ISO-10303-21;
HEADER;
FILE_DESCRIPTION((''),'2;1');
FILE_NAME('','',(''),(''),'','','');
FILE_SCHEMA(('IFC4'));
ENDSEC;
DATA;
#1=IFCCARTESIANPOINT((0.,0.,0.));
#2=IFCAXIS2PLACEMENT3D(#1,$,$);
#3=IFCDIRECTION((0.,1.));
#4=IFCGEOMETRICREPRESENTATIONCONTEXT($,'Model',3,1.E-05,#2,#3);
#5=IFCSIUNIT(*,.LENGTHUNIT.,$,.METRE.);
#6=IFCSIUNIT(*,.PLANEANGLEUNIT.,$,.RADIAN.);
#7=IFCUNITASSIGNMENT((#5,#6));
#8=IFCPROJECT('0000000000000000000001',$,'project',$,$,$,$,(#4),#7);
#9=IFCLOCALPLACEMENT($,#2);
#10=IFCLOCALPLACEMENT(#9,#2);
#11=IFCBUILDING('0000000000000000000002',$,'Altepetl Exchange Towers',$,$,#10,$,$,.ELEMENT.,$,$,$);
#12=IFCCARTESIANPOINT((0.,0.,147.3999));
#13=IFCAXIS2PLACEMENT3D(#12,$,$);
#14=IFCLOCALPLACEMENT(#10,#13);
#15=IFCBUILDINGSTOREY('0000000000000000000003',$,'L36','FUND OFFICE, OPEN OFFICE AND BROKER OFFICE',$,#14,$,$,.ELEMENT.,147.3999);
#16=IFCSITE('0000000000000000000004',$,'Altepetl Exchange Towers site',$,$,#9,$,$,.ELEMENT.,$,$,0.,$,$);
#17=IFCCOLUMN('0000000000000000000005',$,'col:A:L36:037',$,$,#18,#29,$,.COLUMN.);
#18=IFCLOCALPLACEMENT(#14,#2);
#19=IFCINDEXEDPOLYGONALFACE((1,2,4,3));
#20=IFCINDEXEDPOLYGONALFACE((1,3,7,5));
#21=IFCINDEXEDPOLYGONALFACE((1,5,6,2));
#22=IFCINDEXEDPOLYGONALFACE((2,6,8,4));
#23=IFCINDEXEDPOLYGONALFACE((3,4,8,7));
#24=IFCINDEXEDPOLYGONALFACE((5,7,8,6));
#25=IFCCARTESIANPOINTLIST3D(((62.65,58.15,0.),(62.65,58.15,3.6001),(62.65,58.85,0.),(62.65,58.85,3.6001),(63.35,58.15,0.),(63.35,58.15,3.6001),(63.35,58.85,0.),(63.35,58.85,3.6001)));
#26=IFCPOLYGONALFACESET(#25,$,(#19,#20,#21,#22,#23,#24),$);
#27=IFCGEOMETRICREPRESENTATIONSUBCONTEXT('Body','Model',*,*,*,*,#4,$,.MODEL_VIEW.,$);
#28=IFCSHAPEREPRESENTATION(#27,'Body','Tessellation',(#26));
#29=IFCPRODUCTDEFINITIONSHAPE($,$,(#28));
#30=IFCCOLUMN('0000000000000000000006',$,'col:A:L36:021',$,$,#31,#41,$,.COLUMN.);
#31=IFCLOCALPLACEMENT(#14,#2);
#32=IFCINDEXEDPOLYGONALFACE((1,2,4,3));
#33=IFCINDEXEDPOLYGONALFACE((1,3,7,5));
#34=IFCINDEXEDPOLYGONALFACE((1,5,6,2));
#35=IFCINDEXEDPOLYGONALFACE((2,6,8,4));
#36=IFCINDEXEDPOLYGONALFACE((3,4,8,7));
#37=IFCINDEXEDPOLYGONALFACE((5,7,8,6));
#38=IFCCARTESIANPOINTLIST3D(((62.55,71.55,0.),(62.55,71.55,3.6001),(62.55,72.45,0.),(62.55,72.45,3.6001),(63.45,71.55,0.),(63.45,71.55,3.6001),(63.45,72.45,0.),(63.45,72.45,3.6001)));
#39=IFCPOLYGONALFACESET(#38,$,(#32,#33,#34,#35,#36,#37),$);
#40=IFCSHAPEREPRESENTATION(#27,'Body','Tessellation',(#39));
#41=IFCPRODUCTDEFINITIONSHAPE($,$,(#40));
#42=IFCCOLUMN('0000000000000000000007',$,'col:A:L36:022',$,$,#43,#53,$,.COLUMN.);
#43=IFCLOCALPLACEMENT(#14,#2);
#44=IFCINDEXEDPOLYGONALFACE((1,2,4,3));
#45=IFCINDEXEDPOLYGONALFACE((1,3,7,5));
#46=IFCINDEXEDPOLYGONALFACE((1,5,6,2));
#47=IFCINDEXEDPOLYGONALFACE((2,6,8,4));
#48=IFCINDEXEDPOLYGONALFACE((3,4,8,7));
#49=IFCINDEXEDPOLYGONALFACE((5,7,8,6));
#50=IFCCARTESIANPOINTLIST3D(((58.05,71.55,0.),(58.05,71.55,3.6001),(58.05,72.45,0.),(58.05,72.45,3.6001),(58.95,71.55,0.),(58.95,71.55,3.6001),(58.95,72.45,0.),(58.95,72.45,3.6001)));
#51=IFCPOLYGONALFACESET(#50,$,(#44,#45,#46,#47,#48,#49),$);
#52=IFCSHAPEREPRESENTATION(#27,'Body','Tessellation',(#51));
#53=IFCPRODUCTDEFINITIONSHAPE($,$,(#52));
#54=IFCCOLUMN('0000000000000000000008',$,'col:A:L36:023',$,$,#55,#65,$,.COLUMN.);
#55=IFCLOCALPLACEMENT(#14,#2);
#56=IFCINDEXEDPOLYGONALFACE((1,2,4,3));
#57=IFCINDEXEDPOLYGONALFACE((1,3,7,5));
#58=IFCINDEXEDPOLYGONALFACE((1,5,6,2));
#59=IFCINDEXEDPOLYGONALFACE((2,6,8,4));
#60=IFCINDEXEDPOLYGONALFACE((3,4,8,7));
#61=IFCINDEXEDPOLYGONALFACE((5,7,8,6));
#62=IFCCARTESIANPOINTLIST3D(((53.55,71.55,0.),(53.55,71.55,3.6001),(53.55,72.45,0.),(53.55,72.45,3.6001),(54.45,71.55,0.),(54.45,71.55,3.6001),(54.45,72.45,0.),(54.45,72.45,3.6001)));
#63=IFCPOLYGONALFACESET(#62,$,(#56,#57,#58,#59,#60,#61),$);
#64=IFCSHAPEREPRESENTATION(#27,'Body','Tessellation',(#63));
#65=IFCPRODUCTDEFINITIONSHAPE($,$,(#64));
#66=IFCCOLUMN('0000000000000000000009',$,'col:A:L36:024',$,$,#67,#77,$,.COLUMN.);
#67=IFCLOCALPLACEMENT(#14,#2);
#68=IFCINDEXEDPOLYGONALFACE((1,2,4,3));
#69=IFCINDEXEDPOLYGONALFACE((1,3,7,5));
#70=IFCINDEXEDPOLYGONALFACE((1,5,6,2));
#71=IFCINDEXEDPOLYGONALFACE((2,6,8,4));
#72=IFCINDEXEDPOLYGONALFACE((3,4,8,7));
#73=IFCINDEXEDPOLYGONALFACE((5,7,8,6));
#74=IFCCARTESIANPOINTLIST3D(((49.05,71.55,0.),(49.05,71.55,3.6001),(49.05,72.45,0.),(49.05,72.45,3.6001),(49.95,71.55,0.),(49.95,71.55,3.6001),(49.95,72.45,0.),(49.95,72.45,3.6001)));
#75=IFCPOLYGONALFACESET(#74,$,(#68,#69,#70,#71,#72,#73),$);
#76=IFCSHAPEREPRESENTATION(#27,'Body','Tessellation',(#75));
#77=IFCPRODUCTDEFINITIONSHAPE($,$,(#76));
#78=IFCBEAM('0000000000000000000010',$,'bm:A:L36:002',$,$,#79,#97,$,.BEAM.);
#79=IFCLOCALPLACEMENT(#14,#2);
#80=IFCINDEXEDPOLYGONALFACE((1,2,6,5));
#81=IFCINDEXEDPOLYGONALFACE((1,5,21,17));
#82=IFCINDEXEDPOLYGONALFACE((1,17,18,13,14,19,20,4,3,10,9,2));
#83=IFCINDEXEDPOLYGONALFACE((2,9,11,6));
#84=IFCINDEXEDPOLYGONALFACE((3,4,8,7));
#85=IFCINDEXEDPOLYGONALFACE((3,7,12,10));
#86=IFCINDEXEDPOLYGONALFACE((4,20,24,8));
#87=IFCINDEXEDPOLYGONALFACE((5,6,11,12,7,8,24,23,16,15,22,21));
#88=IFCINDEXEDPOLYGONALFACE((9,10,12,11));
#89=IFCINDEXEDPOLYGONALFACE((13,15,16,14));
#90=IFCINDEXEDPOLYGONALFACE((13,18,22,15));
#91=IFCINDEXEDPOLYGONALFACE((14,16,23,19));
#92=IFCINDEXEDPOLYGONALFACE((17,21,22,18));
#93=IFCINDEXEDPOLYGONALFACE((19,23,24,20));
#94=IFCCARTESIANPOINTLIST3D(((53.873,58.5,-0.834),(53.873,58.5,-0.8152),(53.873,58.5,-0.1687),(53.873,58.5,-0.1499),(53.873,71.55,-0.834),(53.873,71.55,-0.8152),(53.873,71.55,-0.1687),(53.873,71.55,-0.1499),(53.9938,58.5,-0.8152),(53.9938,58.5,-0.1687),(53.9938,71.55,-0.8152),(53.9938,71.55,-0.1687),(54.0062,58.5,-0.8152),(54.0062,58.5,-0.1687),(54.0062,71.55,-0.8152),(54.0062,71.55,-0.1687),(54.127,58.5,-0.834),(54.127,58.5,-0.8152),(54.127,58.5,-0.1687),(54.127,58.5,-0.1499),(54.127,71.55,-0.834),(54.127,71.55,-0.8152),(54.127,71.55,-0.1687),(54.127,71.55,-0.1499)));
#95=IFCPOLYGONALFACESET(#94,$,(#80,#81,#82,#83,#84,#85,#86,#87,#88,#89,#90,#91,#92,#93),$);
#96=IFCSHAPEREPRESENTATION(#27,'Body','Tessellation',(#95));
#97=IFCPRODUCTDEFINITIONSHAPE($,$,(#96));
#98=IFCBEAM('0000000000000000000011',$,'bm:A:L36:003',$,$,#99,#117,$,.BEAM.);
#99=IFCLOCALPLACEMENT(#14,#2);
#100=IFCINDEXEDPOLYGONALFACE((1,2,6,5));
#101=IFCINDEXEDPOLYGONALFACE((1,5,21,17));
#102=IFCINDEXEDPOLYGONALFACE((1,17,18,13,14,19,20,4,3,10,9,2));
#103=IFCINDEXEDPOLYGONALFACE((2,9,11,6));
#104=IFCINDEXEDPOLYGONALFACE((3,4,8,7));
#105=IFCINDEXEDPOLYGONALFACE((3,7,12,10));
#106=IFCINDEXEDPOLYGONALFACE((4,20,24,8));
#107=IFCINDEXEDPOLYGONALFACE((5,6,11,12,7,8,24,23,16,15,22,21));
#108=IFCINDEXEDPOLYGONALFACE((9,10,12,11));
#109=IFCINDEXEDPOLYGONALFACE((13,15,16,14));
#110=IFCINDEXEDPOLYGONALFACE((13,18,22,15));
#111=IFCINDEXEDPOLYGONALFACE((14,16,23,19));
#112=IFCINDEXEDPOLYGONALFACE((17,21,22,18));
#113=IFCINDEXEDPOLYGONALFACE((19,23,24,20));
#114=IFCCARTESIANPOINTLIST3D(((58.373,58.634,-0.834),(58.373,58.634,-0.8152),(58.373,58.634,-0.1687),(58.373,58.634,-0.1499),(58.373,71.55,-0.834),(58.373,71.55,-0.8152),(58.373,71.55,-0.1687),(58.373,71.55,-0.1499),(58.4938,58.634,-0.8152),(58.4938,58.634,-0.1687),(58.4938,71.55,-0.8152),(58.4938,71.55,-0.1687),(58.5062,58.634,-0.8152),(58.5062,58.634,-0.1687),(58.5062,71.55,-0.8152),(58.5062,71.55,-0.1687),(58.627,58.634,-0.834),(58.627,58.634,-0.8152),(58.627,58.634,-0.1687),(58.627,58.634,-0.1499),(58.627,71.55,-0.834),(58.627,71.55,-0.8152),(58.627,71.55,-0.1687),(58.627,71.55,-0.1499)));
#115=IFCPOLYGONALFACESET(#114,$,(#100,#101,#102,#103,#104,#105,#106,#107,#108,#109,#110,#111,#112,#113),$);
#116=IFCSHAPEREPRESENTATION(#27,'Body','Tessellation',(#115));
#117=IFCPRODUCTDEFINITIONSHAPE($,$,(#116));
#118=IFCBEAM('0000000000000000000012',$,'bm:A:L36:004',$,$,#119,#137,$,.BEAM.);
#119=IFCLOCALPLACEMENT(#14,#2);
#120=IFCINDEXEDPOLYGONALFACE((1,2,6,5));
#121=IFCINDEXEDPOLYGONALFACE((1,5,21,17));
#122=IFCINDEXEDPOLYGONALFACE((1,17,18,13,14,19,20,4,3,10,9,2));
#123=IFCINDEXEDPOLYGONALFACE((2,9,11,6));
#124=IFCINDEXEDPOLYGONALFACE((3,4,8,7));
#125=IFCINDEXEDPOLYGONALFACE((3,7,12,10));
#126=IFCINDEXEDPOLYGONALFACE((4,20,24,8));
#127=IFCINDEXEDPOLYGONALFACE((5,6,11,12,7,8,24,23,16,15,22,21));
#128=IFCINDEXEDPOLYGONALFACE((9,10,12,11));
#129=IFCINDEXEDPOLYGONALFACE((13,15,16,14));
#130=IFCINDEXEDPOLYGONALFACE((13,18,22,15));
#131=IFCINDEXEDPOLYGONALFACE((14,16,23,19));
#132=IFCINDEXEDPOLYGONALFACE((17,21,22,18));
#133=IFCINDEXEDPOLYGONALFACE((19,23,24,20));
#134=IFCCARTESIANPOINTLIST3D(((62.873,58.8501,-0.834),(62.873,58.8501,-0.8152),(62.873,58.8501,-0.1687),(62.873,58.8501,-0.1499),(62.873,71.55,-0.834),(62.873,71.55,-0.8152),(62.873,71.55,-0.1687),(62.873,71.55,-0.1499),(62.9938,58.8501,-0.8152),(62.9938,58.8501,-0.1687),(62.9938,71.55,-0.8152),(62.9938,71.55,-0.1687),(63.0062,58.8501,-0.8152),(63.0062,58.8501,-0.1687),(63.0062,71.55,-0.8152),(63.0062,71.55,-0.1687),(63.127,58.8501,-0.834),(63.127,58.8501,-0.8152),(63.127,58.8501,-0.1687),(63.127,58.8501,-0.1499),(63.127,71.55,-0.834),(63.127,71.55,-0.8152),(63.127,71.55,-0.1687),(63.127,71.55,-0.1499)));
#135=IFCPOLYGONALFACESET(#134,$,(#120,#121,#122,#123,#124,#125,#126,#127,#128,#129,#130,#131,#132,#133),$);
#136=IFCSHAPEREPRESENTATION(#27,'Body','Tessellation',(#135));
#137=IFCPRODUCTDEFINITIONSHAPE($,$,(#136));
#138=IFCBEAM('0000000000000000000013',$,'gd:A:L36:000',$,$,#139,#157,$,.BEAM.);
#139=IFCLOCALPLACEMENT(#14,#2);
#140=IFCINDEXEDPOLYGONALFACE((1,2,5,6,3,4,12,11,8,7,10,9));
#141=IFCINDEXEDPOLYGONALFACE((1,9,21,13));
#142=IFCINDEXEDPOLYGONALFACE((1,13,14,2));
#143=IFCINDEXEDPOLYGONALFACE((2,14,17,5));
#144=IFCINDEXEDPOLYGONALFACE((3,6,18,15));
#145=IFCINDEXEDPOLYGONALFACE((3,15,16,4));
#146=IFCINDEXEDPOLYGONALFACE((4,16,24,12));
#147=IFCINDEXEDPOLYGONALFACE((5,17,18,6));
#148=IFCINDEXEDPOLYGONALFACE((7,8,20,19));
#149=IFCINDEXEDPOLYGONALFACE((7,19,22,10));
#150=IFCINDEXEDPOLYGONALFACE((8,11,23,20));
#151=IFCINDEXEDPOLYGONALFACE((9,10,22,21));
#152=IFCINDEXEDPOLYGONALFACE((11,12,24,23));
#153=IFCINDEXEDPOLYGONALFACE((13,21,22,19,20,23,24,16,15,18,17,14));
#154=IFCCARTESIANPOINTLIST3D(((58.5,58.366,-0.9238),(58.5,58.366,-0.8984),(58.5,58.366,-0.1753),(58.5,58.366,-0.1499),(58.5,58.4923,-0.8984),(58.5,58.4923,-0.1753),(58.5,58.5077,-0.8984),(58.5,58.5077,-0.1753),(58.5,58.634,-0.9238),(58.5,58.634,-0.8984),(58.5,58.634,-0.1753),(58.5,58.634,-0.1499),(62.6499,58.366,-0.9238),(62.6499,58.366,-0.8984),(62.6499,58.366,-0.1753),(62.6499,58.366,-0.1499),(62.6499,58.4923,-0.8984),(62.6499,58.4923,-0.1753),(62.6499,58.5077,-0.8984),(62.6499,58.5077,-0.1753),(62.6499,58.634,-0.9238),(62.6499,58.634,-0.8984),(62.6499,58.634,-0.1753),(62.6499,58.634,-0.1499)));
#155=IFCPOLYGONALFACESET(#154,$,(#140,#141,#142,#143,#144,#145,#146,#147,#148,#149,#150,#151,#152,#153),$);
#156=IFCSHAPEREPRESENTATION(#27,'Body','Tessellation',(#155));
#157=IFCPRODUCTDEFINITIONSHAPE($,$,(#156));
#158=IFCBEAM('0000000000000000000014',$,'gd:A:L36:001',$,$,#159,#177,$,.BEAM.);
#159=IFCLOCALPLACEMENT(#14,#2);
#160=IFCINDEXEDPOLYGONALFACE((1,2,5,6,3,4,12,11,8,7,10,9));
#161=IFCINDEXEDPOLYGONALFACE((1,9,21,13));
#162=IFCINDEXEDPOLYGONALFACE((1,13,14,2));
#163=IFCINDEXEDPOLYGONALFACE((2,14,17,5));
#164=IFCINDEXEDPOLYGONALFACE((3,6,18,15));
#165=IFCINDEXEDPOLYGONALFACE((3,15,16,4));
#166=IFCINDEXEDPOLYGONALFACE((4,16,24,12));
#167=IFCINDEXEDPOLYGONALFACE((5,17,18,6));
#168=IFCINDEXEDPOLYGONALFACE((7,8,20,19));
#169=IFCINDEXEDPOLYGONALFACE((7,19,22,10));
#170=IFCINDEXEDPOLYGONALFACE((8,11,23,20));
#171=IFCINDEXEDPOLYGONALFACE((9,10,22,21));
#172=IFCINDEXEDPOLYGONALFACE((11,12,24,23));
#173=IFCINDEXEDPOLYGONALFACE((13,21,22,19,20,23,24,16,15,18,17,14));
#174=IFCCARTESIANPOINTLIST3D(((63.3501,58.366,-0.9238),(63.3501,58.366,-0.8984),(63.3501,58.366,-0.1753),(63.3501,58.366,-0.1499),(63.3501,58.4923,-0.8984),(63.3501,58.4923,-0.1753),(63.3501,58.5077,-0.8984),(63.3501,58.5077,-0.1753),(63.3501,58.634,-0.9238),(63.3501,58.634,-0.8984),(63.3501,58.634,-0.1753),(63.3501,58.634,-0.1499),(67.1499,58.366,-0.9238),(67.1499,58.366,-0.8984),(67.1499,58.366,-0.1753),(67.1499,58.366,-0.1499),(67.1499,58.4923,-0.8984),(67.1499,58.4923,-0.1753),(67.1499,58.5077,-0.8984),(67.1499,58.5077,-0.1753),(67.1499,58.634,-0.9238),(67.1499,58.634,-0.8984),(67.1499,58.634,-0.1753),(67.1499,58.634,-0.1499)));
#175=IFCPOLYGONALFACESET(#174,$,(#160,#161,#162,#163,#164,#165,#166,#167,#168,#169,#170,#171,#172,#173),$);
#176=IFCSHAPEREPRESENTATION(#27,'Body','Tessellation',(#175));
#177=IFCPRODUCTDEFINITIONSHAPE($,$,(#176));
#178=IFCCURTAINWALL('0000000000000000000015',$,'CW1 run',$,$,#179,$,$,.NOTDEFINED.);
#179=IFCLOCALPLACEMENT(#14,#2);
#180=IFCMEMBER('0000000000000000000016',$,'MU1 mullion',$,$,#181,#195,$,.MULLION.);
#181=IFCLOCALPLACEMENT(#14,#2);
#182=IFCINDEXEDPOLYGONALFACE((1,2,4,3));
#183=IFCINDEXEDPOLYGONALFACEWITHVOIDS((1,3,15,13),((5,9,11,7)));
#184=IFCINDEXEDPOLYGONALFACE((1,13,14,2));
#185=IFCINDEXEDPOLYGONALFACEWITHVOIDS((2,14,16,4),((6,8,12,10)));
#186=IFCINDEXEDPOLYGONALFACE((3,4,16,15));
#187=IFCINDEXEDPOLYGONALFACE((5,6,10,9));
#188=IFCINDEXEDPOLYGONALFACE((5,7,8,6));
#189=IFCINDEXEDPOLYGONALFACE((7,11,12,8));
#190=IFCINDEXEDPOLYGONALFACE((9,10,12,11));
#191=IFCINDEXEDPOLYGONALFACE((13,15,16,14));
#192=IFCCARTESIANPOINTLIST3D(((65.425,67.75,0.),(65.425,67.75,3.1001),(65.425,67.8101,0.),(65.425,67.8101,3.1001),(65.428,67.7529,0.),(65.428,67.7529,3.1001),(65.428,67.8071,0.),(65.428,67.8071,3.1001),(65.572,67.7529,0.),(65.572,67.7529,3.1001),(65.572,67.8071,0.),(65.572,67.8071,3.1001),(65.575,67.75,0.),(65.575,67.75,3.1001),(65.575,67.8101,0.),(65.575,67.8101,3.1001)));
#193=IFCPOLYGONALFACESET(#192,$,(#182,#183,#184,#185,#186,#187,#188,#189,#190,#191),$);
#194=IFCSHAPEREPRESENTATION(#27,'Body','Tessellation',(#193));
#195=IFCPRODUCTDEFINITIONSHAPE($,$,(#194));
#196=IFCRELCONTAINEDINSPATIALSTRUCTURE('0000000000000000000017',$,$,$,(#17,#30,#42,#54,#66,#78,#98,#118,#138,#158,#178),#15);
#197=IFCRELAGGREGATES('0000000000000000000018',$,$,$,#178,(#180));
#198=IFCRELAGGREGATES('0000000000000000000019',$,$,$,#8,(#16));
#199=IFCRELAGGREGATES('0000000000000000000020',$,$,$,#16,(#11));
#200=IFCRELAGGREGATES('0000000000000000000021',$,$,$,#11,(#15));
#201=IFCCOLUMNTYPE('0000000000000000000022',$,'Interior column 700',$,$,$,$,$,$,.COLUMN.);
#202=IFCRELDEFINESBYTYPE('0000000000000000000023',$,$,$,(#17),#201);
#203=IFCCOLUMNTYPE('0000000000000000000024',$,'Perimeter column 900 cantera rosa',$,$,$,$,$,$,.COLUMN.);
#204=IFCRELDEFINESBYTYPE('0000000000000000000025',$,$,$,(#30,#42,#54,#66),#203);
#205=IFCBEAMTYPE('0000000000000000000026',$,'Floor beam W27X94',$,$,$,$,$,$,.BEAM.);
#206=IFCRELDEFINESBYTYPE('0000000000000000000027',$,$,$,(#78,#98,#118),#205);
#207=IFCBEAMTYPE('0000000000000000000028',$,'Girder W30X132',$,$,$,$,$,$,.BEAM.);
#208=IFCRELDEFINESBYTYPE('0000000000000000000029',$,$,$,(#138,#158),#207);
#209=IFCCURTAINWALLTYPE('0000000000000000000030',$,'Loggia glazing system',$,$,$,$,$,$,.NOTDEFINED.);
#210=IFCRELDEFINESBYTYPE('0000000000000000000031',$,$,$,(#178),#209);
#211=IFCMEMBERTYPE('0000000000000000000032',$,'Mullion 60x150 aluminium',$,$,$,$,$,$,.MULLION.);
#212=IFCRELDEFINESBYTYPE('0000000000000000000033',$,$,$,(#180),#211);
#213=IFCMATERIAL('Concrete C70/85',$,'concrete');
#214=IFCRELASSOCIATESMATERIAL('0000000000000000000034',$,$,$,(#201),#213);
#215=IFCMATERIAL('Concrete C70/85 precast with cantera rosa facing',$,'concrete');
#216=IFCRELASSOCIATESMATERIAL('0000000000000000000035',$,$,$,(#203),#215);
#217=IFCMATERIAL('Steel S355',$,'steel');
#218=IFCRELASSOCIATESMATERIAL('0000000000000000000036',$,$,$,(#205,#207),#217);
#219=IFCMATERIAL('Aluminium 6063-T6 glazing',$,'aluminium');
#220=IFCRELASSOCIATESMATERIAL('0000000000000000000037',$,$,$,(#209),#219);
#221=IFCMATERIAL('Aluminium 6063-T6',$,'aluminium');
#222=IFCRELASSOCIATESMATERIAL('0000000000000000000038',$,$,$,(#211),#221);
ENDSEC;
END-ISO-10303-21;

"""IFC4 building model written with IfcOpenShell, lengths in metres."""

from ifc_helpers import new_model, si_unit, direction, frame, origin, origin_2d, place, context, subcontext, project, spatial, rectangle, hollow_rectangle, i_section, extrude, material, material_profile, profile_set, type_object, element, aggregate, save


model = new_model("IFC4")

# Units and contexts
model_context = context("Model", 3, precision=1e-05, world=origin(), true_north=direction((0.0, 1.0)))
body_context = subcontext(model_context, "Body", "Model", "MODEL_VIEW")
ifc_project = project(units=[si_unit("LENGTHUNIT", "METRE"), si_unit("PLANEANGLEUNIT", "RADIAN")], contexts=[model_context])

# Site, building, storey
site_placement = place(None, origin())
site = spatial("IfcSite", under=ifc_project, at=site_placement, Name="Altepetl Exchange Towers site", CompositionType="ELEMENT", RefElevation=0.0)
building_placement = place(site_placement, origin())
building = spatial("IfcBuilding", under=site, at=building_placement, Name="Altepetl Exchange Towers", CompositionType="ELEMENT")
storey_placement = place(building_placement, frame((0.0, 0.0, 147.3999)))
storey = spatial("IfcBuildingStorey", under=building, at=storey_placement, Name="L36", Description="FUND OFFICE, OPEN OFFICE AND BROKER OFFICE", CompositionType="ELEMENT", Elevation=147.3999)

# Columns
ifc_material_1 = material(Name="Concrete C70/85", Category="concrete")
ifc_material_profile_1 = material_profile(ifc_material_1, rectangle(XDim=0.7, YDim=0.7, at=origin_2d()), Name="700 x 700")
ifc_profile_set_1 = profile_set([ifc_material_profile_1], Name="Concrete C70/85")
column_type_1 = type_object("IfcColumnType", Name="Interior column 700", PredefinedType="COLUMN", material=ifc_profile_set_1)
column_placement = place(storey_placement, frame((63.0, 58.5, 0.0)))
element("IfcColumn", 1, at=column_placement, inside=storey, type_object=column_type_1, Name="col:A:L36:037", PredefinedType="COLUMN", context=body_context, shape_type="SweptSolid", body=[
    extrude(rectangle(XDim=0.7, YDim=0.7, at=origin_2d()), origin(), (0.0, 0.0, 1.0), 3.6001),
])
ifc_material_2 = material(Name="Concrete C70/85 precast with cantera rosa facing", Category="concrete")
ifc_material_profile_2 = material_profile(ifc_material_2, rectangle(XDim=0.8999, YDim=0.8999, at=origin_2d()), Name="900 x 900")
ifc_profile_set_2 = profile_set([ifc_material_profile_2], Name="Concrete C70/85 precast with cantera rosa facing")
column_type_2 = type_object("IfcColumnType", Name="Perimeter column 900 cantera rosa", PredefinedType="COLUMN", material=ifc_profile_set_2)
for number, where, name in (
    (2, (63.0, 72.0, 0.0), "col:A:L36:021"),
    (3, (58.5, 72.0, 0.0), "col:A:L36:022"),
    (4, (54.0, 72.0, 0.0), "col:A:L36:023"),
    (5, (49.5, 72.0, 0.0), "col:A:L36:024"),
):
    element("IfcColumn", number, at=place(storey_placement, frame(where)), inside=storey, type_object=column_type_2, Name=name, PredefinedType="COLUMN", context=body_context, shape_type="SweptSolid", body=[
        extrude(rectangle(XDim=0.8999, YDim=0.8999, at=origin_2d()), origin(), (0.0, 0.0, 1.0), 3.6001),
    ])

# Beams
ifc_material_3 = material(Name="Steel S355", Category="steel")
ifc_material_profile_3 = material_profile(ifc_material_3, i_section(OverallWidth=0.2539, OverallDepth=0.6841, WebThickness=0.0125, FlangeThickness=0.0188, at=origin_2d()), Name="W27X94")
ifc_profile_set_3 = profile_set([ifc_material_profile_3], Name="Steel S355")
beam_type_1 = type_object("IfcBeamType", Name="Floor beam W27X94", PredefinedType="BEAM", material=ifc_profile_set_3)
beam_1_placement = place(storey_placement, frame((54.0, 58.5, -0.4919), z_axis=(0.0, 1.0, 0.0), x_axis=(-1.0, 0.0, 0.0)))
element("IfcBeam", 6, at=beam_1_placement, inside=storey, type_object=beam_type_1, Name="bm:A:L36:002", PredefinedType="BEAM", context=body_context, shape_type="SweptSolid", body=[
    extrude(i_section(OverallWidth=0.2539, OverallDepth=0.6841, WebThickness=0.0125, FlangeThickness=0.0188, at=origin_2d()), origin(), (0.0, 0.0, 1.0), 13.05),
])
beam_2_placement = place(storey_placement, frame((58.5, 58.634, -0.4919), z_axis=(0.0, 1.0, 0.0), x_axis=(-1.0, 0.0, 0.0)))
element("IfcBeam", 7, at=beam_2_placement, inside=storey, type_object=beam_type_1, Name="bm:A:L36:003", PredefinedType="BEAM", context=body_context, shape_type="SweptSolid", body=[
    extrude(i_section(OverallWidth=0.2539, OverallDepth=0.6841, WebThickness=0.0125, FlangeThickness=0.0188, at=origin_2d()), origin(), (0.0, 0.0, 1.0), 12.916),
])
beam_3_placement = place(storey_placement, frame((63.0, 58.8501, -0.4919), z_axis=(0.0, 1.0, 0.0), x_axis=(-1.0, 0.0, 0.0)))
element("IfcBeam", 8, at=beam_3_placement, inside=storey, type_object=beam_type_1, Name="bm:A:L36:004", PredefinedType="BEAM", context=body_context, shape_type="SweptSolid", body=[
    extrude(i_section(OverallWidth=0.2539, OverallDepth=0.6841, WebThickness=0.0125, FlangeThickness=0.0188, at=origin_2d()), origin(), (0.0, 0.0, 1.0), 12.7),
])
ifc_material_profile_4 = material_profile(ifc_material_3, i_section(OverallWidth=0.2681, OverallDepth=0.7739, WebThickness=0.0154, FlangeThickness=0.0254, at=origin_2d()), Name="W30X132")
ifc_profile_set_4 = profile_set([ifc_material_profile_4], Name="Steel S355")
beam_type_2 = type_object("IfcBeamType", Name="Girder W30X132", PredefinedType="BEAM", material=ifc_profile_set_4)
beam_4_placement = place(storey_placement, frame((58.5, 58.5, -0.5369), z_axis=(1.0, 0.0, 0.0), x_axis=(0.0, 1.0, 0.0)))
element("IfcBeam", 9, at=beam_4_placement, inside=storey, type_object=beam_type_2, Name="gd:A:L36:000", PredefinedType="BEAM", context=body_context, shape_type="SweptSolid", body=[
    extrude(i_section(OverallWidth=0.2681, OverallDepth=0.7739, WebThickness=0.0154, FlangeThickness=0.0254, at=origin_2d()), origin(), (0.0, 0.0, 1.0), 4.1499),
])
beam_5_placement = place(storey_placement, frame((63.3501, 58.5, -0.5369), z_axis=(1.0, 0.0, 0.0), x_axis=(0.0, 1.0, 0.0)))
element("IfcBeam", 10, at=beam_5_placement, inside=storey, type_object=beam_type_2, Name="gd:A:L36:001", PredefinedType="BEAM", context=body_context, shape_type="SweptSolid", body=[
    extrude(i_section(OverallWidth=0.2681, OverallDepth=0.7739, WebThickness=0.0154, FlangeThickness=0.0254, at=origin_2d()), origin(), (0.0, 0.0, 1.0), 3.7998),
])

# Curtain wall, member
ifc_material_4 = material(Name="Aluminium 6063-T6 glazing", Category="aluminium")
curtain_wall_type = type_object("IfcCurtainWallType", Name="Loggia glazing system", PredefinedType="NOTDEFINED", material=ifc_material_4)
curtain_wall_1_placement = place(storey_placement, origin())
curtain_wall_1 = element("IfcCurtainWall", 11, at=curtain_wall_1_placement, inside=storey, type_object=curtain_wall_type, Name="CW1 run", PredefinedType="NOTDEFINED")
ifc_material_5 = material(Name="Aluminium 6063-T6", Category="aluminium")
ifc_material_profile_5 = material_profile(ifc_material_5, hollow_rectangle(XDim=0.0601, YDim=0.1499, WallThickness=0.0029, at=origin_2d()), Name="Mullion 60x150 aluminium")
ifc_profile_set_5 = profile_set([ifc_material_profile_5], Name="Aluminium 6063-T6")
member_type = type_object("IfcMemberType", Name="Mullion 60x150 aluminium", PredefinedType="MULLION", material=ifc_profile_set_5)
member_1_placement = place(storey_placement, frame((65.5, 67.78, 0.0), z_axis=(0.0, 0.0, 1.0), x_axis=(0.0, 1.0, 0.0)))
member_1 = element("IfcMember", 12, at=member_1_placement, type_object=member_type, Name="MU1 mullion", PredefinedType="MULLION", context=body_context, shape_type="SweptSolid", body=[
    extrude(hollow_rectangle(XDim=0.0601, YDim=0.1499, WallThickness=0.0029, at=origin_2d()), origin(), (0.0, 0.0, 1.0), 3.1001),
])

aggregate(curtain_wall_1, [member_1])

save(model, "model.ifc")
